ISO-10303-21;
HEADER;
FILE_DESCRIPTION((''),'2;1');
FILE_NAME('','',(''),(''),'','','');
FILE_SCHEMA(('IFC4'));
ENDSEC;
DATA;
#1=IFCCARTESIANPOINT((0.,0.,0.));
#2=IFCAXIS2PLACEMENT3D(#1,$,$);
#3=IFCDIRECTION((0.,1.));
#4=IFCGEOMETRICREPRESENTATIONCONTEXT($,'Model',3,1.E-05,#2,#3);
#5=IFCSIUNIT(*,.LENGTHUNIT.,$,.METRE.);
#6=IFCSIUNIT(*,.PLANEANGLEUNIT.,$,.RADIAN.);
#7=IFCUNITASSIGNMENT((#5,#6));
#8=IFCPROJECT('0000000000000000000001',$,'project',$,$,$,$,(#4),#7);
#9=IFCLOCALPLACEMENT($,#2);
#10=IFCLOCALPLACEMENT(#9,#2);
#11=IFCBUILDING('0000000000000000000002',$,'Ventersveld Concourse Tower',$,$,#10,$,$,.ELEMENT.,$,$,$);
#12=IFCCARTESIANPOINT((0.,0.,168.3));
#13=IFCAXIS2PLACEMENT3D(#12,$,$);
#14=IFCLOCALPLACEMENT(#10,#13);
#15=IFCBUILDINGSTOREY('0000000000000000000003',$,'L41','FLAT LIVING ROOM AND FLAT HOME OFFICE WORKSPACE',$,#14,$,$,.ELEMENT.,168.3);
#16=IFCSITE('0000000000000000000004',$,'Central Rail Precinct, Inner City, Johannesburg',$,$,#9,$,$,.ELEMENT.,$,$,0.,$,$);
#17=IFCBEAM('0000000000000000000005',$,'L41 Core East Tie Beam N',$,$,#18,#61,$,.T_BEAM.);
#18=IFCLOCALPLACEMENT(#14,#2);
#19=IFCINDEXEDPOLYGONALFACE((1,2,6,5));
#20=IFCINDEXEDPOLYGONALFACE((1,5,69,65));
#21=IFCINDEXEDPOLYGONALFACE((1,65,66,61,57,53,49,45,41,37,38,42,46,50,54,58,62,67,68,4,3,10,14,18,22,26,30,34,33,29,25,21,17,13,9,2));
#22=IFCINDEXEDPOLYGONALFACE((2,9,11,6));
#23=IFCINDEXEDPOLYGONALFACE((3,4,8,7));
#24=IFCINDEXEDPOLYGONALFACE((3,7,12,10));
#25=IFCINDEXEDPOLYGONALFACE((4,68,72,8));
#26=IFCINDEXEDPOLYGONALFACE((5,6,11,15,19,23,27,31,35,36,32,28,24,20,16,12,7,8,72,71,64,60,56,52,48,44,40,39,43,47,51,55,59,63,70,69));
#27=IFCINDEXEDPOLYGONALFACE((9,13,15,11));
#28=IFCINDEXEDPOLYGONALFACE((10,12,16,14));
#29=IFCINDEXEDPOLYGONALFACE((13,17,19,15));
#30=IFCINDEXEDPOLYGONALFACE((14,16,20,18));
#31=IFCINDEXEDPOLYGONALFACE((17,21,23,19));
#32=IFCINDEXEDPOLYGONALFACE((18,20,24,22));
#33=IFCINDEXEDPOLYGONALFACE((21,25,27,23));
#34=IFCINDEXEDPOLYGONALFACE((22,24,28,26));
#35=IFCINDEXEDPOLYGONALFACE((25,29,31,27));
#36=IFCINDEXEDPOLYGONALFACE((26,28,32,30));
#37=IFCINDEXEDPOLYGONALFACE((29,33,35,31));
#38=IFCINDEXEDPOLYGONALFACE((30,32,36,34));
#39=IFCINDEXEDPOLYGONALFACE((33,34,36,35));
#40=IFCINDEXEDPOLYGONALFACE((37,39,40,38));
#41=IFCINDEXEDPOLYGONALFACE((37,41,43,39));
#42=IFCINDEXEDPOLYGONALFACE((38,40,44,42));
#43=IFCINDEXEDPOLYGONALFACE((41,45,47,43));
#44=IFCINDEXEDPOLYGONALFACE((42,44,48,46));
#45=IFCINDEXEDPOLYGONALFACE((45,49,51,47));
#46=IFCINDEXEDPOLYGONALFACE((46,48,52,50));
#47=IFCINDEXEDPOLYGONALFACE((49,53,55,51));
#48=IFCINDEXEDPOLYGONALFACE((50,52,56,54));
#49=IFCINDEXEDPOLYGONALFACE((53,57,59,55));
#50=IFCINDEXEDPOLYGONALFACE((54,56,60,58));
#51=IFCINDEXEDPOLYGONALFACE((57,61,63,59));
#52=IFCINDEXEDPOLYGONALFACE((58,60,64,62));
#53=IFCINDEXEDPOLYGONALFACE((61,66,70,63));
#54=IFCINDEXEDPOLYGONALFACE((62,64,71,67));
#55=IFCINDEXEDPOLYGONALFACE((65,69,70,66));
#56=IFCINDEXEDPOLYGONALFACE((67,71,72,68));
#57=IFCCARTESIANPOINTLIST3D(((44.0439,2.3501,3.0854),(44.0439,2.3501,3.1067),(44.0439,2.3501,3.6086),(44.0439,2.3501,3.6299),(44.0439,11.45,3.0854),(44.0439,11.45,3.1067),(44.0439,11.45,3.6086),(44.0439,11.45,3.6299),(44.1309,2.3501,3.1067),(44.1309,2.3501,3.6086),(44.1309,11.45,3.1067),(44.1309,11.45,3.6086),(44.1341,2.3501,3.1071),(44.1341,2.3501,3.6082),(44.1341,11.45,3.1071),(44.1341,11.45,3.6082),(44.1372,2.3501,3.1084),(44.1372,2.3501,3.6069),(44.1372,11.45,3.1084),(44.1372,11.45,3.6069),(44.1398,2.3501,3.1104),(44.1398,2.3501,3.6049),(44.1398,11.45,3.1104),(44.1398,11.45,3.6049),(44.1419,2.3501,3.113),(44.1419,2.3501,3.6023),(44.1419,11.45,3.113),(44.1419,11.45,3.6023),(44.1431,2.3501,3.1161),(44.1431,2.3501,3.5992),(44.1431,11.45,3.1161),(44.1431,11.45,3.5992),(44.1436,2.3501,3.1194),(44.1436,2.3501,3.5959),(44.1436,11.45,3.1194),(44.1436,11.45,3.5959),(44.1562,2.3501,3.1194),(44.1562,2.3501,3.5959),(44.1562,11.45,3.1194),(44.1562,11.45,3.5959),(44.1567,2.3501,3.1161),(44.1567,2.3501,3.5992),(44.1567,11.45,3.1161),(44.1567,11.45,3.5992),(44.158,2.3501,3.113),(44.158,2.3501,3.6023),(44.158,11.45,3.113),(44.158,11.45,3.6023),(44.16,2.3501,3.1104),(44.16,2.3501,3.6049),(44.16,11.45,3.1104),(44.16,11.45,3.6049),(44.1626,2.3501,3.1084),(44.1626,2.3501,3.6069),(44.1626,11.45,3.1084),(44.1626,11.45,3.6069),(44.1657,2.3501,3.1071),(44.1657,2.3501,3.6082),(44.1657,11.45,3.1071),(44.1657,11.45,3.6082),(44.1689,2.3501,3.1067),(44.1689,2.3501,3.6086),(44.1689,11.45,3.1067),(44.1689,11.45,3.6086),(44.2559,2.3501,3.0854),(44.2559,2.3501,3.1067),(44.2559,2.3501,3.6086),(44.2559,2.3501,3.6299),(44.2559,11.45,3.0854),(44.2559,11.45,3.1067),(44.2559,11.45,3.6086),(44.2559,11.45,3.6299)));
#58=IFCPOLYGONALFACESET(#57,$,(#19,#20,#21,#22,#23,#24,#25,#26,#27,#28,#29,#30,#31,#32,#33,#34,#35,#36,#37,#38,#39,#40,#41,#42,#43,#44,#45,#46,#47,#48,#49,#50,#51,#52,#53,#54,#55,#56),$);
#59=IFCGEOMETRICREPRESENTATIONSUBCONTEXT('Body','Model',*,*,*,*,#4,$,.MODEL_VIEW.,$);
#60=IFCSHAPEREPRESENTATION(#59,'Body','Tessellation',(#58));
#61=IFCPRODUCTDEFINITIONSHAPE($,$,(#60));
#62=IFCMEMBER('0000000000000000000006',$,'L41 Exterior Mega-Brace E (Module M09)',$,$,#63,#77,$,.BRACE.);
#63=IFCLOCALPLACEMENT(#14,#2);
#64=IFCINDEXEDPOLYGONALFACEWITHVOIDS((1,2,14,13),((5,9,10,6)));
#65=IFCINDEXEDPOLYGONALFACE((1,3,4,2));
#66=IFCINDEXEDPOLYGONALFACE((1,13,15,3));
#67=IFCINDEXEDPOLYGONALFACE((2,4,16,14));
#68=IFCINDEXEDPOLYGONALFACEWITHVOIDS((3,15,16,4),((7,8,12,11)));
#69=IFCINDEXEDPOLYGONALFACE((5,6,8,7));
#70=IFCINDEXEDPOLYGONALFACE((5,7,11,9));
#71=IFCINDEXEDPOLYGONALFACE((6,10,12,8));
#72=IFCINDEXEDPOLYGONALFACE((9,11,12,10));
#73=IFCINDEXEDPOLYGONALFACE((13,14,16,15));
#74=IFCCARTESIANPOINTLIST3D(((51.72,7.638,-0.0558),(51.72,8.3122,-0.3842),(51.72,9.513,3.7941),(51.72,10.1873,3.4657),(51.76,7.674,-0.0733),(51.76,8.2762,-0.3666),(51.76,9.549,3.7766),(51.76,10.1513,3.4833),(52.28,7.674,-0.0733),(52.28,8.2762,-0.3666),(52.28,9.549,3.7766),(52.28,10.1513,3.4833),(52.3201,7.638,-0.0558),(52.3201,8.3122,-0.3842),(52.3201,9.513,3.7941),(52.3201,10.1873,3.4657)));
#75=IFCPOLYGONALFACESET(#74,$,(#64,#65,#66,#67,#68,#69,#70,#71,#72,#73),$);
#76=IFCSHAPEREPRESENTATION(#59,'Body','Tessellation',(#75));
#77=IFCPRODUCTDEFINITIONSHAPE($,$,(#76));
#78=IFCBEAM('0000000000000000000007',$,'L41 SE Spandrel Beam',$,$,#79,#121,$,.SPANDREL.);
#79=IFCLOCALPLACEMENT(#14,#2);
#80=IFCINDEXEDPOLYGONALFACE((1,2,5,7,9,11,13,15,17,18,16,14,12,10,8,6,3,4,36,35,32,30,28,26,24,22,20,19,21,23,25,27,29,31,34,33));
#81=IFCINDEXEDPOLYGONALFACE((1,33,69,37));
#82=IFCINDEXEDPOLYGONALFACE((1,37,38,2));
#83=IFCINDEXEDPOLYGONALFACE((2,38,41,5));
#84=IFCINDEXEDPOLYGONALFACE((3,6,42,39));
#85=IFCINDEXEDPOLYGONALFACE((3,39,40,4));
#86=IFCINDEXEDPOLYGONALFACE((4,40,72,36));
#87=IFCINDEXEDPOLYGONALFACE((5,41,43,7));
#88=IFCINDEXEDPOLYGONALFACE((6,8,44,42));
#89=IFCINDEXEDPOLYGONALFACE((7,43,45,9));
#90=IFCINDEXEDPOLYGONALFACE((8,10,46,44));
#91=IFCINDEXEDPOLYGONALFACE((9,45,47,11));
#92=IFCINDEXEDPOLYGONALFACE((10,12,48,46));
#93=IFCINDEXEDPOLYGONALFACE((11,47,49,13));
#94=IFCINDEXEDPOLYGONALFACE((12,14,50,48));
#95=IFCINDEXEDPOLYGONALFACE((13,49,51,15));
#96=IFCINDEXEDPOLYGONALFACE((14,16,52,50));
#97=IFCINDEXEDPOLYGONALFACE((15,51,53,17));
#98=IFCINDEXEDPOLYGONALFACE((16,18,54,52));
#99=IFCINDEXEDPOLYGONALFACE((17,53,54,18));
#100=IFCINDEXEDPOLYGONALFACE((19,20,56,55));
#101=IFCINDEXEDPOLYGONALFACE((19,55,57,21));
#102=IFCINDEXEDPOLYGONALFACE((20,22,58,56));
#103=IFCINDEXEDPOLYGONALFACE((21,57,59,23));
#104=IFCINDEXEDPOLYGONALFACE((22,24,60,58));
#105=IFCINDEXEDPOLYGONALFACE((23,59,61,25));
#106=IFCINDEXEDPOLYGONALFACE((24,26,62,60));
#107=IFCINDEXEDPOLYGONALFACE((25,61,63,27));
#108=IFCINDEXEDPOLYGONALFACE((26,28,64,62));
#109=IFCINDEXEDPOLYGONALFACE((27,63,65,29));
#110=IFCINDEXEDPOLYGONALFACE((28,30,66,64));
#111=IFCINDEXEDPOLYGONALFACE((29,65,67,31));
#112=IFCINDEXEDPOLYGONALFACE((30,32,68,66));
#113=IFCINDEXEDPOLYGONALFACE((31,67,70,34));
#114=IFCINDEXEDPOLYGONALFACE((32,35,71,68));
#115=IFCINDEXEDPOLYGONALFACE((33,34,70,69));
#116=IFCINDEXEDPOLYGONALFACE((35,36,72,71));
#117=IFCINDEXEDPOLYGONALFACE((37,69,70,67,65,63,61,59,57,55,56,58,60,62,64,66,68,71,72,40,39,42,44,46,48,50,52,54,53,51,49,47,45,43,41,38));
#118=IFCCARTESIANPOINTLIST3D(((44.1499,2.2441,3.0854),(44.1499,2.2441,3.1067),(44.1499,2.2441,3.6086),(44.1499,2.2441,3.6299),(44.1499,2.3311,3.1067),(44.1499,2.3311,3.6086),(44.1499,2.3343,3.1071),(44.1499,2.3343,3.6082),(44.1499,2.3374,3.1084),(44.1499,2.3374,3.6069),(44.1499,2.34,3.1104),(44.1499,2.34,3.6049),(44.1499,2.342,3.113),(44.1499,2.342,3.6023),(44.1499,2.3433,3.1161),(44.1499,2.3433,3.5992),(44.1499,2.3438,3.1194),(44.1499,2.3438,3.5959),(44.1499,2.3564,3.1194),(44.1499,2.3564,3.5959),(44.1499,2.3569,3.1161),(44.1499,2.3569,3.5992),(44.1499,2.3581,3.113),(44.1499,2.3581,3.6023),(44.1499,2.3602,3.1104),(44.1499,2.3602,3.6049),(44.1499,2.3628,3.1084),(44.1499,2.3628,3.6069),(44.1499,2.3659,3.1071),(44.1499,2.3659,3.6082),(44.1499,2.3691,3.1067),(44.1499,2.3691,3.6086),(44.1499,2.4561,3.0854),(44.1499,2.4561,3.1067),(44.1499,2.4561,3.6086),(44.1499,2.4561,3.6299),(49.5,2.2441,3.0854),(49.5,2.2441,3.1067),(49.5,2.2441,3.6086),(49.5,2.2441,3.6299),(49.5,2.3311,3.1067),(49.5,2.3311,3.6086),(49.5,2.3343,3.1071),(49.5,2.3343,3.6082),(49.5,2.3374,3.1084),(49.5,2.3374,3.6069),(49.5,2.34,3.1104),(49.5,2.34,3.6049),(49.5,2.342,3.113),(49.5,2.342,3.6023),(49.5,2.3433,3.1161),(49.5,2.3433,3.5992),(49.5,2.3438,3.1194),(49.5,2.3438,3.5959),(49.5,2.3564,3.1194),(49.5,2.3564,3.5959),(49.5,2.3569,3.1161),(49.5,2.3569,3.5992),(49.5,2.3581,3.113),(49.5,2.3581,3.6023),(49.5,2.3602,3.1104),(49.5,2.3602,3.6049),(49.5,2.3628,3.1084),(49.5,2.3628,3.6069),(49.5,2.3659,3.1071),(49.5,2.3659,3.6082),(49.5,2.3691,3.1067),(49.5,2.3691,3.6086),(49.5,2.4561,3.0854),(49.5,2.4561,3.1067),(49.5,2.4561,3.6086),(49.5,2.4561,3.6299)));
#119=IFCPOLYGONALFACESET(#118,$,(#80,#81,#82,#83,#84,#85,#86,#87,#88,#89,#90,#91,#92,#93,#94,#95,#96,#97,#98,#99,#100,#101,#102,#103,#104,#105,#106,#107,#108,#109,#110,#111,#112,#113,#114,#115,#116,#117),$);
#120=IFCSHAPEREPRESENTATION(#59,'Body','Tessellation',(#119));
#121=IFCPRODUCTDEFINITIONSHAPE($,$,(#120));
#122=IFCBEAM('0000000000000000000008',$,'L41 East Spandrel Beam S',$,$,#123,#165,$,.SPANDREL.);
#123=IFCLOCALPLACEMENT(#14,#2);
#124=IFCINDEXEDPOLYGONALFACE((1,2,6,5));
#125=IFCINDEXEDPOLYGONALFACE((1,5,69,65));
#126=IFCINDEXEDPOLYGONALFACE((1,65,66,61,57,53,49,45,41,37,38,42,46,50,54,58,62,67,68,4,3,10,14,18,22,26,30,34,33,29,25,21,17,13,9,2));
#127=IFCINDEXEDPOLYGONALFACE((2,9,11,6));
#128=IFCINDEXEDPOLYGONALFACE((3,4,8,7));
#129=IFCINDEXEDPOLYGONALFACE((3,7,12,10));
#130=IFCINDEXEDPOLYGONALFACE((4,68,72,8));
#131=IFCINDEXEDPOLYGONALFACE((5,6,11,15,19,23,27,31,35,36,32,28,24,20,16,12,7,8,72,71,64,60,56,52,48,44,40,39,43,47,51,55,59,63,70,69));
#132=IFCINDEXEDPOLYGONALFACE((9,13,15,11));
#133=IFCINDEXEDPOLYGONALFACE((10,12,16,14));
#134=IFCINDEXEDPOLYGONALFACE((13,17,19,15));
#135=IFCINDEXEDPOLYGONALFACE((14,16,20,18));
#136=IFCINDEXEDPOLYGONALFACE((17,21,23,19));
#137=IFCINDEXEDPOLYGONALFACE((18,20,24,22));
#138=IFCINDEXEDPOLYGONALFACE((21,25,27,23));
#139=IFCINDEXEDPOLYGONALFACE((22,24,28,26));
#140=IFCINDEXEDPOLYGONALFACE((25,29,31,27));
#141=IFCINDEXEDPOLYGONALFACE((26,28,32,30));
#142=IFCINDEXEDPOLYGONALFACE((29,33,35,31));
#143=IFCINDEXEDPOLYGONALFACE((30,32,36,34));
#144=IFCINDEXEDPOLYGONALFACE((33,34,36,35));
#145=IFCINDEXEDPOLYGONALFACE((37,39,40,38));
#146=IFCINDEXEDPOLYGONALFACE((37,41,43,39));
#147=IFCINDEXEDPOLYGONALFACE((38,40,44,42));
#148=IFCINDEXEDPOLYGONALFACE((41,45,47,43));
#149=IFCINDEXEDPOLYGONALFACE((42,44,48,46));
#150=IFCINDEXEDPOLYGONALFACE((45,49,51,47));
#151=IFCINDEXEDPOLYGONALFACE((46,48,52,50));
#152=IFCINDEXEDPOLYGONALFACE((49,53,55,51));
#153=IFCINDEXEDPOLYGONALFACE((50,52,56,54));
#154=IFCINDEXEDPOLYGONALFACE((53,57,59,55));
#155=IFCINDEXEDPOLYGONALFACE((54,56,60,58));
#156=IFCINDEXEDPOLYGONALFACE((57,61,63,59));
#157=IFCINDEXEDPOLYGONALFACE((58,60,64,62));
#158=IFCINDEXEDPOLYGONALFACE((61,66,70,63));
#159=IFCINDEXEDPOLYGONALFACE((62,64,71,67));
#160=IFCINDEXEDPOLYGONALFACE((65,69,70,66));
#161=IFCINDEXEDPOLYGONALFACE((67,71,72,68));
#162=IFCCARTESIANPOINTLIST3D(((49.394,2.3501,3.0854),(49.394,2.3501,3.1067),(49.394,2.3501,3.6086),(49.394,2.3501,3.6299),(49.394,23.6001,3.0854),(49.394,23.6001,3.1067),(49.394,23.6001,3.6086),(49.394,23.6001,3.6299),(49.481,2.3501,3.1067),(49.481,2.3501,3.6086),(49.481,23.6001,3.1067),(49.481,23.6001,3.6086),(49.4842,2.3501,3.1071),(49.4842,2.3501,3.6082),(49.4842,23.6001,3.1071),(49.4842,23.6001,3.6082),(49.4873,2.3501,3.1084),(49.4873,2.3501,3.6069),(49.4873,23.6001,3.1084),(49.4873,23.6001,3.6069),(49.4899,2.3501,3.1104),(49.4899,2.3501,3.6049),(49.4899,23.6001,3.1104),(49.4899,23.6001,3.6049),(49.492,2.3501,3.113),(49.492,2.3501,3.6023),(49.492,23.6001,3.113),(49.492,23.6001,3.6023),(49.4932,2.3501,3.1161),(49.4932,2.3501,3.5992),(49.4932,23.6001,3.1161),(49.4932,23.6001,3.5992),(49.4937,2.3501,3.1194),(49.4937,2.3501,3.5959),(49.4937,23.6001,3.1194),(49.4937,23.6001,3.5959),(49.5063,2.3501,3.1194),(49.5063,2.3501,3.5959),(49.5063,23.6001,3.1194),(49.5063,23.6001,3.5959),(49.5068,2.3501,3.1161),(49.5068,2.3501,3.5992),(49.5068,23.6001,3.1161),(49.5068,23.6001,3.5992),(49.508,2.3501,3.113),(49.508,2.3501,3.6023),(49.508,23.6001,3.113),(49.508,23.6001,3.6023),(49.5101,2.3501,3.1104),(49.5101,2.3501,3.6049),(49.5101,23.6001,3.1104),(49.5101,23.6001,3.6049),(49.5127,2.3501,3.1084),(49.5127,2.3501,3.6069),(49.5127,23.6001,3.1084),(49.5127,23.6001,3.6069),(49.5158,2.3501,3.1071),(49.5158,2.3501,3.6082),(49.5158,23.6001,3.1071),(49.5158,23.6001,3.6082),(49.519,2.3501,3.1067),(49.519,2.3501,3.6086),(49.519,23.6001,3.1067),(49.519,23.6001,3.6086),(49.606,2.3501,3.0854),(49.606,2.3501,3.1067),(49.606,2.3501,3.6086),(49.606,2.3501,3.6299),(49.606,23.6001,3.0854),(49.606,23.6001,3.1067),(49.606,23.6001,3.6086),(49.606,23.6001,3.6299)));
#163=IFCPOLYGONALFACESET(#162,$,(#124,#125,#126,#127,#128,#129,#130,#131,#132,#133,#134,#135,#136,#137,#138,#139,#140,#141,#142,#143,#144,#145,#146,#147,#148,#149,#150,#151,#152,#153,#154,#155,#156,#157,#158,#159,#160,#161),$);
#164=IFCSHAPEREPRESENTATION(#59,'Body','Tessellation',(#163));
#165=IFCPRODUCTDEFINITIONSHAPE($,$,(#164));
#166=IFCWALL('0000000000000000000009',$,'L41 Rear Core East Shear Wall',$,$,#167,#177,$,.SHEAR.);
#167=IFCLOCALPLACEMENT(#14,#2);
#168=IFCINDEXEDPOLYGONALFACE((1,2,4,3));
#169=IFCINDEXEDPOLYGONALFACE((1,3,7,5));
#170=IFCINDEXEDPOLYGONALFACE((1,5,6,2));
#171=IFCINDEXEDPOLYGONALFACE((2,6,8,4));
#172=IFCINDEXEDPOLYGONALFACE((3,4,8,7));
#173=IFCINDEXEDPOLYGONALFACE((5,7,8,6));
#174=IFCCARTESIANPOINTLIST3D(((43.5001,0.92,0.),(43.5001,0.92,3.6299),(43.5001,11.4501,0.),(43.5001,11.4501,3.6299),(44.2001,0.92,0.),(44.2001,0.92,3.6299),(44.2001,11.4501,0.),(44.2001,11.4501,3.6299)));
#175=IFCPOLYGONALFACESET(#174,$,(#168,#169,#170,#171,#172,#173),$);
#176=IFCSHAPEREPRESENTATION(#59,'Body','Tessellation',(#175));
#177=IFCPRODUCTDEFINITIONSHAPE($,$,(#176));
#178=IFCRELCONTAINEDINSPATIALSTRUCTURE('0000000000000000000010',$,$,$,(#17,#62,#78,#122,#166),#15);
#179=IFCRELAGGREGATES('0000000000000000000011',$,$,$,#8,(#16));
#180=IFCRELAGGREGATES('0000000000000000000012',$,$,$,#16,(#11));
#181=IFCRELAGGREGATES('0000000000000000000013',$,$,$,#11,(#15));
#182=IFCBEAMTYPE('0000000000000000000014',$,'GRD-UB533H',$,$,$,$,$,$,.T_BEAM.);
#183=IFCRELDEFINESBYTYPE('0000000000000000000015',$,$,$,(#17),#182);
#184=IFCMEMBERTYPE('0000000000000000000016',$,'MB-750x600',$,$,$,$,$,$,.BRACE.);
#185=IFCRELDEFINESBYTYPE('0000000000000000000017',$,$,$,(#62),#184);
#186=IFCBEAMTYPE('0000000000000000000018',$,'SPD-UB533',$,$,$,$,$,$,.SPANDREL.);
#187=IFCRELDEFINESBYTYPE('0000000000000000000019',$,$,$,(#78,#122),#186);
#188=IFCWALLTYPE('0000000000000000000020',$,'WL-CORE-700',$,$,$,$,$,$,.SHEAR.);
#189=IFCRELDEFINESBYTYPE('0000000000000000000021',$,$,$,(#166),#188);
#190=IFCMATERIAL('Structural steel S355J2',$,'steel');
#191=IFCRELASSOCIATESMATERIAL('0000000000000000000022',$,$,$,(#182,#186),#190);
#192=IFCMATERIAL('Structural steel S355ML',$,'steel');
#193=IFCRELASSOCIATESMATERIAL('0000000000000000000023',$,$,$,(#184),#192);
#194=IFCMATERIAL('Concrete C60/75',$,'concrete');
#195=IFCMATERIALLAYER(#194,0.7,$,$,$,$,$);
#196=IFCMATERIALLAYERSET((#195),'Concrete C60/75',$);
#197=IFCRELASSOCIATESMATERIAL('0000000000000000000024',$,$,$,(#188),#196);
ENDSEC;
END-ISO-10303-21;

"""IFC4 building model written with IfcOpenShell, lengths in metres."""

from ifc_helpers import new_model, si_unit, direction, frame, frame_2d, origin, origin_2d, place, context, subcontext, project, spatial, rectangle, hollow_rectangle, i_section, extrude, material, layer, layer_set, material_profile, profile_set, type_object, element, save


model = new_model("IFC4")

# Units and contexts
model_context = context("Model", 3, precision=1e-05, world=origin(), true_north=direction((0.0, 1.0)))
body_context = subcontext(model_context, "Body", "Model", "MODEL_VIEW")
ifc_project = project(units=[si_unit("LENGTHUNIT", "METRE"), si_unit("PLANEANGLEUNIT", "RADIAN")], contexts=[model_context])

# Site, building, storey
site_placement = place(None, origin())
site = spatial("IfcSite", under=ifc_project, at=site_placement, Name="Central Rail Precinct, Inner City, Johannesburg", CompositionType="ELEMENT", RefElevation=0.0)
building_placement = place(site_placement, origin())
building = spatial("IfcBuilding", under=site, at=building_placement, Name="Ventersveld Concourse Tower", CompositionType="ELEMENT")
storey_placement = place(building_placement, frame((0.0, 0.0, 168.3)))
storey = spatial("IfcBuildingStorey", under=building, at=storey_placement, Name="L41", Description="FLAT LIVING ROOM AND FLAT HOME OFFICE WORKSPACE", CompositionType="ELEMENT", Elevation=168.3)

# Beam
ifc_material_1 = material(Name="Structural steel S355J2", Category="steel")
ifc_material_profile_1 = material_profile(ifc_material_1, i_section(OverallWidth=0.2119, OverallDepth=0.5444, WebThickness=0.0127, FlangeThickness=0.0212, FilletRadius=0.0127, at=origin_2d()), Name="UB 533x210x122")
ifc_profile_set_1 = profile_set([ifc_material_profile_1], Name="Structural steel S355J2")
beam_type_1 = type_object("IfcBeamType", Name="GRD-UB533H", PredefinedType="T_BEAM", material=ifc_profile_set_1)
beam_1_placement = place(storey_placement, frame((44.1499, 2.3501, 3.3577), z_axis=(0.0, 1.0, 0.0), x_axis=(-1.0, 0.0, 0.0)))
element("IfcBeam", 1, at=beam_1_placement, inside=storey, type_object=beam_type_1, Name="L41 Core East Tie Beam N", PredefinedType="T_BEAM", context=body_context, shape_type="SweptSolid", body=[
    extrude(i_section(OverallWidth=0.2119, OverallDepth=0.5444, WebThickness=0.0127, FlangeThickness=0.0212, FilletRadius=0.0127, at=origin_2d()), origin(), (0.0, 0.0, 1.0), 9.0999),
])

# Member
ifc_material_2 = material(Name="Structural steel S355ML", Category="steel")
ifc_material_profile_2 = material_profile(ifc_material_2, hollow_rectangle(XDim=0.6001, YDim=0.75, WallThickness=0.04, at=origin_2d()), Name="BOX 750x600x40")
ifc_profile_set_2 = profile_set([ifc_material_profile_2], Name="Structural steel S355ML")
member_type = type_object("IfcMemberType", Name="MB-750x600", PredefinedType="BRACE", material=ifc_profile_set_2)
member_placement = place(storey_placement, frame((52.02, 7.9751, -0.22), z_axis=(0.0, 0.437862, 0.899042), x_axis=(-1.0, 0.0, 0.0)))
element("IfcMember", 2, at=member_placement, inside=storey, type_object=member_type, Name="L41 Exterior Mega-Brace E (Module M09)", PredefinedType="BRACE", context=body_context, shape_type="SweptSolid", body=[
    extrude(hollow_rectangle(XDim=0.6001, YDim=0.75, WallThickness=0.04, at=origin_2d()), origin(), (0.0, 0.0, 1.0), 4.2822),
])

# Beams
ifc_material_profile_3 = material_profile(ifc_material_1, i_section(OverallWidth=0.2119, OverallDepth=0.5444, WebThickness=0.0127, FlangeThickness=0.0212, FilletRadius=0.0127, at=origin_2d()), Name="UB 533x210x122")
ifc_profile_set_3 = profile_set([ifc_material_profile_3], Name="Structural steel S355J2")
beam_type_2 = type_object("IfcBeamType", Name="SPD-UB533", PredefinedType="SPANDREL", material=ifc_profile_set_3)
beam_2_placement = place(storey_placement, frame((44.1499, 2.3501, 3.3577), z_axis=(1.0, 0.0, 0.0), x_axis=(0.0, 1.0, 0.0)))
element("IfcBeam", 3, at=beam_2_placement, inside=storey, type_object=beam_type_2, Name="L41 SE Spandrel Beam", PredefinedType="SPANDREL", context=body_context, shape_type="SweptSolid", body=[
    extrude(i_section(OverallWidth=0.2119, OverallDepth=0.5444, WebThickness=0.0127, FlangeThickness=0.0212, FilletRadius=0.0127, at=origin_2d()), origin(), (0.0, 0.0, 1.0), 5.3501),
])
beam_3_placement = place(storey_placement, frame((49.5, 2.3501, 3.3577), z_axis=(0.0, 1.0, 0.0), x_axis=(-1.0, 0.0, 0.0)))
element("IfcBeam", 4, at=beam_3_placement, inside=storey, type_object=beam_type_2, Name="L41 East Spandrel Beam S", PredefinedType="SPANDREL", context=body_context, shape_type="SweptSolid", body=[
    extrude(i_section(OverallWidth=0.2119, OverallDepth=0.5444, WebThickness=0.0127, FlangeThickness=0.0212, FilletRadius=0.0127, at=origin_2d()), origin(), (0.0, 0.0, 1.0), 21.25),
])

# Wall
ifc_material_3 = material(Name="Concrete C60/75", Category="concrete")
ifc_layer_1 = layer(ifc_material_3, 0.7)
ifc_layer_set_1 = layer_set([ifc_layer_1], Name="Concrete C60/75")
wall_type_1 = type_object("IfcWallType", Name="WL-CORE-700", PredefinedType="SHEAR", material=ifc_layer_set_1)
wall_1_placement = place(storey_placement, frame((43.8501, 0.9199, 0.0), z_axis=(0.0, 0.0, 1.0), x_axis=(0.0, 1.0, 0.0)))
element("IfcWall", 5, at=wall_1_placement, inside=storey, type_object=wall_type_1, Name="L41 Rear Core East Shear Wall", PredefinedType="SHEAR", context=body_context, shape_type="SweptSolid", body=[
    extrude(rectangle(XDim=10.53, YDim=0.7, at=frame_2d((5.2651, 0.0))), origin(), (0.0, 0.0, 1.0), 3.6299),
])

save(model, "model.ifc")
